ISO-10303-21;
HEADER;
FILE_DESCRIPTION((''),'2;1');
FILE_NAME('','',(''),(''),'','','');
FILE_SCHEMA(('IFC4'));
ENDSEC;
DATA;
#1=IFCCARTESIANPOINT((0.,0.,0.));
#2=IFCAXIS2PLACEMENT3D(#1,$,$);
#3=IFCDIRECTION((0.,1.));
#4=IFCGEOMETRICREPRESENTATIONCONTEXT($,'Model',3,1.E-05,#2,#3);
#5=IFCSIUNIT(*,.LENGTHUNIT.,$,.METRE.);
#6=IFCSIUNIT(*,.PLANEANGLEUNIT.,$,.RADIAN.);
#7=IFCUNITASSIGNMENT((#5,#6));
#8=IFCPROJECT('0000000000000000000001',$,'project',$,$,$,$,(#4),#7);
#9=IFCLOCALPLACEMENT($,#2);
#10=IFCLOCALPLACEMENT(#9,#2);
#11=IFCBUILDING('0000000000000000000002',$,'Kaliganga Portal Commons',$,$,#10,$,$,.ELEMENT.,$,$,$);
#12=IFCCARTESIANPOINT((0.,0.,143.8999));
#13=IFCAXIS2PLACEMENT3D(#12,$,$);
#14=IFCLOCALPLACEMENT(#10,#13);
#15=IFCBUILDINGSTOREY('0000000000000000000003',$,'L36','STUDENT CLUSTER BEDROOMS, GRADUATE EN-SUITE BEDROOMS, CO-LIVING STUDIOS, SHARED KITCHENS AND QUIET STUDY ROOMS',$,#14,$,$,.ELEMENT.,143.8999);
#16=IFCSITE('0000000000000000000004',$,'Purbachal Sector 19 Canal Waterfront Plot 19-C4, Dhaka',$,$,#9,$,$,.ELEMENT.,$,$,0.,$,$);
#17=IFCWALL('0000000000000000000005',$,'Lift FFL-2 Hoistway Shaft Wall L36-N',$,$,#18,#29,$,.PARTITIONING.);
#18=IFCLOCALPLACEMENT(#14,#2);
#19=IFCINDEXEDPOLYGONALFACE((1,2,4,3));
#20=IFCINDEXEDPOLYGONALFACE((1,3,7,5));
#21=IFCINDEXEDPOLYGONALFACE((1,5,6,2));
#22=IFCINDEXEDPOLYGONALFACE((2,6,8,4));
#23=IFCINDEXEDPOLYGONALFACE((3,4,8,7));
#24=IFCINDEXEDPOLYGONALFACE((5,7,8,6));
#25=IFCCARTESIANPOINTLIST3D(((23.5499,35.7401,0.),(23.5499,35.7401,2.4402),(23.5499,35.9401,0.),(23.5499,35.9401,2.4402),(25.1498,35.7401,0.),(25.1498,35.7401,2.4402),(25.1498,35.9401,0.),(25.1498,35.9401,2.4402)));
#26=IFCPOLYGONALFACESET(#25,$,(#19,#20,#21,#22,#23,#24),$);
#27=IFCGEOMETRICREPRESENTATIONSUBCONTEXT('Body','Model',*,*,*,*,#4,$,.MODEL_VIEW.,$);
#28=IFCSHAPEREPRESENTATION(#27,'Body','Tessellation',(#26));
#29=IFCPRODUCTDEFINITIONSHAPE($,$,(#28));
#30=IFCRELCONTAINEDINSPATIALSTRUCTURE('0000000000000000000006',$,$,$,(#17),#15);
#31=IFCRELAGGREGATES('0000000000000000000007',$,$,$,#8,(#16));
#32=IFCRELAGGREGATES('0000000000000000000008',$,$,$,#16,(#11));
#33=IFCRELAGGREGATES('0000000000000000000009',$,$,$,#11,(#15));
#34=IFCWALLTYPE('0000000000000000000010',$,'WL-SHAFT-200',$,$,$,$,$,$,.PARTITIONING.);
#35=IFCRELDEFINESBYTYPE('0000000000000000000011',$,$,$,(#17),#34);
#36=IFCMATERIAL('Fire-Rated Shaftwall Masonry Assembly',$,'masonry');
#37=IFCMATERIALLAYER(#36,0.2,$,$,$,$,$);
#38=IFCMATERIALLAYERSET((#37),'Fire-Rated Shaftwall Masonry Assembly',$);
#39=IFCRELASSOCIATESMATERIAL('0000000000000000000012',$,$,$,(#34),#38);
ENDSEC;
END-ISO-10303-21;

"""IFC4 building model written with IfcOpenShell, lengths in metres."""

from ifc_helpers import new_model, si_unit, direction, frame, frame_2d, origin, place, context, subcontext, project, spatial, rectangle, extrude, material, layer, layer_set, type_object, element, save


model = new_model("IFC4")

# Units and contexts
model_context = context("Model", 3, precision=1e-05, world=origin(), true_north=direction((0.0, 1.0)))
body_context = subcontext(model_context, "Body", "Model", "MODEL_VIEW")
ifc_project = project(units=[si_unit("LENGTHUNIT", "METRE"), si_unit("PLANEANGLEUNIT", "RADIAN")], contexts=[model_context])

# Site, building, storey
site_placement = place(None, origin())
site = spatial("IfcSite", under=ifc_project, at=site_placement, Name="Purbachal Sector 19 Canal Waterfront Plot 19-C4, Dhaka", CompositionType="ELEMENT", RefElevation=0.0)
building_placement = place(site_placement, origin())
building = spatial("IfcBuilding", under=site, at=building_placement, Name="Kaliganga Portal Commons", CompositionType="ELEMENT")
storey_placement = place(building_placement, frame((0.0, 0.0, 143.8999)))
storey = spatial("IfcBuildingStorey", under=building, at=storey_placement, Name="L36", Description="STUDENT CLUSTER BEDROOMS, GRADUATE EN-SUITE BEDROOMS, CO-LIVING STUDIOS, SHARED KITCHENS AND QUIET STUDY ROOMS", CompositionType="ELEMENT", Elevation=143.8999)

# Wall
ifc_material_1 = material(Name="Fire-Rated Shaftwall Masonry Assembly", Category="masonry")
ifc_layer_1 = layer(ifc_material_1, 0.2)
ifc_layer_set_1 = layer_set([ifc_layer_1], Name="Fire-Rated Shaftwall Masonry Assembly")
wall_type_1 = type_object("IfcWallType", Name="WL-SHAFT-200", PredefinedType="PARTITIONING", material=ifc_layer_set_1)
wall_1_placement = place(storey_placement, frame((23.55, 35.8401, 0.0), z_axis=(0.0, 0.0, 1.0), x_axis=(1.0, 0.0, 0.0)))
element("IfcWall", 1, at=wall_1_placement, inside=storey, type_object=wall_type_1, Name="Lift FFL-2 Hoistway Shaft Wall L36-N", PredefinedType="PARTITIONING", context=body_context, shape_type="SweptSolid", body=[
    extrude(rectangle(XDim=1.5999, YDim=0.2, at=frame_2d((0.7998, 0.0))), origin(), (0.0, 0.0, 1.0), 2.4402),
])

save(model, "model.ifc")
